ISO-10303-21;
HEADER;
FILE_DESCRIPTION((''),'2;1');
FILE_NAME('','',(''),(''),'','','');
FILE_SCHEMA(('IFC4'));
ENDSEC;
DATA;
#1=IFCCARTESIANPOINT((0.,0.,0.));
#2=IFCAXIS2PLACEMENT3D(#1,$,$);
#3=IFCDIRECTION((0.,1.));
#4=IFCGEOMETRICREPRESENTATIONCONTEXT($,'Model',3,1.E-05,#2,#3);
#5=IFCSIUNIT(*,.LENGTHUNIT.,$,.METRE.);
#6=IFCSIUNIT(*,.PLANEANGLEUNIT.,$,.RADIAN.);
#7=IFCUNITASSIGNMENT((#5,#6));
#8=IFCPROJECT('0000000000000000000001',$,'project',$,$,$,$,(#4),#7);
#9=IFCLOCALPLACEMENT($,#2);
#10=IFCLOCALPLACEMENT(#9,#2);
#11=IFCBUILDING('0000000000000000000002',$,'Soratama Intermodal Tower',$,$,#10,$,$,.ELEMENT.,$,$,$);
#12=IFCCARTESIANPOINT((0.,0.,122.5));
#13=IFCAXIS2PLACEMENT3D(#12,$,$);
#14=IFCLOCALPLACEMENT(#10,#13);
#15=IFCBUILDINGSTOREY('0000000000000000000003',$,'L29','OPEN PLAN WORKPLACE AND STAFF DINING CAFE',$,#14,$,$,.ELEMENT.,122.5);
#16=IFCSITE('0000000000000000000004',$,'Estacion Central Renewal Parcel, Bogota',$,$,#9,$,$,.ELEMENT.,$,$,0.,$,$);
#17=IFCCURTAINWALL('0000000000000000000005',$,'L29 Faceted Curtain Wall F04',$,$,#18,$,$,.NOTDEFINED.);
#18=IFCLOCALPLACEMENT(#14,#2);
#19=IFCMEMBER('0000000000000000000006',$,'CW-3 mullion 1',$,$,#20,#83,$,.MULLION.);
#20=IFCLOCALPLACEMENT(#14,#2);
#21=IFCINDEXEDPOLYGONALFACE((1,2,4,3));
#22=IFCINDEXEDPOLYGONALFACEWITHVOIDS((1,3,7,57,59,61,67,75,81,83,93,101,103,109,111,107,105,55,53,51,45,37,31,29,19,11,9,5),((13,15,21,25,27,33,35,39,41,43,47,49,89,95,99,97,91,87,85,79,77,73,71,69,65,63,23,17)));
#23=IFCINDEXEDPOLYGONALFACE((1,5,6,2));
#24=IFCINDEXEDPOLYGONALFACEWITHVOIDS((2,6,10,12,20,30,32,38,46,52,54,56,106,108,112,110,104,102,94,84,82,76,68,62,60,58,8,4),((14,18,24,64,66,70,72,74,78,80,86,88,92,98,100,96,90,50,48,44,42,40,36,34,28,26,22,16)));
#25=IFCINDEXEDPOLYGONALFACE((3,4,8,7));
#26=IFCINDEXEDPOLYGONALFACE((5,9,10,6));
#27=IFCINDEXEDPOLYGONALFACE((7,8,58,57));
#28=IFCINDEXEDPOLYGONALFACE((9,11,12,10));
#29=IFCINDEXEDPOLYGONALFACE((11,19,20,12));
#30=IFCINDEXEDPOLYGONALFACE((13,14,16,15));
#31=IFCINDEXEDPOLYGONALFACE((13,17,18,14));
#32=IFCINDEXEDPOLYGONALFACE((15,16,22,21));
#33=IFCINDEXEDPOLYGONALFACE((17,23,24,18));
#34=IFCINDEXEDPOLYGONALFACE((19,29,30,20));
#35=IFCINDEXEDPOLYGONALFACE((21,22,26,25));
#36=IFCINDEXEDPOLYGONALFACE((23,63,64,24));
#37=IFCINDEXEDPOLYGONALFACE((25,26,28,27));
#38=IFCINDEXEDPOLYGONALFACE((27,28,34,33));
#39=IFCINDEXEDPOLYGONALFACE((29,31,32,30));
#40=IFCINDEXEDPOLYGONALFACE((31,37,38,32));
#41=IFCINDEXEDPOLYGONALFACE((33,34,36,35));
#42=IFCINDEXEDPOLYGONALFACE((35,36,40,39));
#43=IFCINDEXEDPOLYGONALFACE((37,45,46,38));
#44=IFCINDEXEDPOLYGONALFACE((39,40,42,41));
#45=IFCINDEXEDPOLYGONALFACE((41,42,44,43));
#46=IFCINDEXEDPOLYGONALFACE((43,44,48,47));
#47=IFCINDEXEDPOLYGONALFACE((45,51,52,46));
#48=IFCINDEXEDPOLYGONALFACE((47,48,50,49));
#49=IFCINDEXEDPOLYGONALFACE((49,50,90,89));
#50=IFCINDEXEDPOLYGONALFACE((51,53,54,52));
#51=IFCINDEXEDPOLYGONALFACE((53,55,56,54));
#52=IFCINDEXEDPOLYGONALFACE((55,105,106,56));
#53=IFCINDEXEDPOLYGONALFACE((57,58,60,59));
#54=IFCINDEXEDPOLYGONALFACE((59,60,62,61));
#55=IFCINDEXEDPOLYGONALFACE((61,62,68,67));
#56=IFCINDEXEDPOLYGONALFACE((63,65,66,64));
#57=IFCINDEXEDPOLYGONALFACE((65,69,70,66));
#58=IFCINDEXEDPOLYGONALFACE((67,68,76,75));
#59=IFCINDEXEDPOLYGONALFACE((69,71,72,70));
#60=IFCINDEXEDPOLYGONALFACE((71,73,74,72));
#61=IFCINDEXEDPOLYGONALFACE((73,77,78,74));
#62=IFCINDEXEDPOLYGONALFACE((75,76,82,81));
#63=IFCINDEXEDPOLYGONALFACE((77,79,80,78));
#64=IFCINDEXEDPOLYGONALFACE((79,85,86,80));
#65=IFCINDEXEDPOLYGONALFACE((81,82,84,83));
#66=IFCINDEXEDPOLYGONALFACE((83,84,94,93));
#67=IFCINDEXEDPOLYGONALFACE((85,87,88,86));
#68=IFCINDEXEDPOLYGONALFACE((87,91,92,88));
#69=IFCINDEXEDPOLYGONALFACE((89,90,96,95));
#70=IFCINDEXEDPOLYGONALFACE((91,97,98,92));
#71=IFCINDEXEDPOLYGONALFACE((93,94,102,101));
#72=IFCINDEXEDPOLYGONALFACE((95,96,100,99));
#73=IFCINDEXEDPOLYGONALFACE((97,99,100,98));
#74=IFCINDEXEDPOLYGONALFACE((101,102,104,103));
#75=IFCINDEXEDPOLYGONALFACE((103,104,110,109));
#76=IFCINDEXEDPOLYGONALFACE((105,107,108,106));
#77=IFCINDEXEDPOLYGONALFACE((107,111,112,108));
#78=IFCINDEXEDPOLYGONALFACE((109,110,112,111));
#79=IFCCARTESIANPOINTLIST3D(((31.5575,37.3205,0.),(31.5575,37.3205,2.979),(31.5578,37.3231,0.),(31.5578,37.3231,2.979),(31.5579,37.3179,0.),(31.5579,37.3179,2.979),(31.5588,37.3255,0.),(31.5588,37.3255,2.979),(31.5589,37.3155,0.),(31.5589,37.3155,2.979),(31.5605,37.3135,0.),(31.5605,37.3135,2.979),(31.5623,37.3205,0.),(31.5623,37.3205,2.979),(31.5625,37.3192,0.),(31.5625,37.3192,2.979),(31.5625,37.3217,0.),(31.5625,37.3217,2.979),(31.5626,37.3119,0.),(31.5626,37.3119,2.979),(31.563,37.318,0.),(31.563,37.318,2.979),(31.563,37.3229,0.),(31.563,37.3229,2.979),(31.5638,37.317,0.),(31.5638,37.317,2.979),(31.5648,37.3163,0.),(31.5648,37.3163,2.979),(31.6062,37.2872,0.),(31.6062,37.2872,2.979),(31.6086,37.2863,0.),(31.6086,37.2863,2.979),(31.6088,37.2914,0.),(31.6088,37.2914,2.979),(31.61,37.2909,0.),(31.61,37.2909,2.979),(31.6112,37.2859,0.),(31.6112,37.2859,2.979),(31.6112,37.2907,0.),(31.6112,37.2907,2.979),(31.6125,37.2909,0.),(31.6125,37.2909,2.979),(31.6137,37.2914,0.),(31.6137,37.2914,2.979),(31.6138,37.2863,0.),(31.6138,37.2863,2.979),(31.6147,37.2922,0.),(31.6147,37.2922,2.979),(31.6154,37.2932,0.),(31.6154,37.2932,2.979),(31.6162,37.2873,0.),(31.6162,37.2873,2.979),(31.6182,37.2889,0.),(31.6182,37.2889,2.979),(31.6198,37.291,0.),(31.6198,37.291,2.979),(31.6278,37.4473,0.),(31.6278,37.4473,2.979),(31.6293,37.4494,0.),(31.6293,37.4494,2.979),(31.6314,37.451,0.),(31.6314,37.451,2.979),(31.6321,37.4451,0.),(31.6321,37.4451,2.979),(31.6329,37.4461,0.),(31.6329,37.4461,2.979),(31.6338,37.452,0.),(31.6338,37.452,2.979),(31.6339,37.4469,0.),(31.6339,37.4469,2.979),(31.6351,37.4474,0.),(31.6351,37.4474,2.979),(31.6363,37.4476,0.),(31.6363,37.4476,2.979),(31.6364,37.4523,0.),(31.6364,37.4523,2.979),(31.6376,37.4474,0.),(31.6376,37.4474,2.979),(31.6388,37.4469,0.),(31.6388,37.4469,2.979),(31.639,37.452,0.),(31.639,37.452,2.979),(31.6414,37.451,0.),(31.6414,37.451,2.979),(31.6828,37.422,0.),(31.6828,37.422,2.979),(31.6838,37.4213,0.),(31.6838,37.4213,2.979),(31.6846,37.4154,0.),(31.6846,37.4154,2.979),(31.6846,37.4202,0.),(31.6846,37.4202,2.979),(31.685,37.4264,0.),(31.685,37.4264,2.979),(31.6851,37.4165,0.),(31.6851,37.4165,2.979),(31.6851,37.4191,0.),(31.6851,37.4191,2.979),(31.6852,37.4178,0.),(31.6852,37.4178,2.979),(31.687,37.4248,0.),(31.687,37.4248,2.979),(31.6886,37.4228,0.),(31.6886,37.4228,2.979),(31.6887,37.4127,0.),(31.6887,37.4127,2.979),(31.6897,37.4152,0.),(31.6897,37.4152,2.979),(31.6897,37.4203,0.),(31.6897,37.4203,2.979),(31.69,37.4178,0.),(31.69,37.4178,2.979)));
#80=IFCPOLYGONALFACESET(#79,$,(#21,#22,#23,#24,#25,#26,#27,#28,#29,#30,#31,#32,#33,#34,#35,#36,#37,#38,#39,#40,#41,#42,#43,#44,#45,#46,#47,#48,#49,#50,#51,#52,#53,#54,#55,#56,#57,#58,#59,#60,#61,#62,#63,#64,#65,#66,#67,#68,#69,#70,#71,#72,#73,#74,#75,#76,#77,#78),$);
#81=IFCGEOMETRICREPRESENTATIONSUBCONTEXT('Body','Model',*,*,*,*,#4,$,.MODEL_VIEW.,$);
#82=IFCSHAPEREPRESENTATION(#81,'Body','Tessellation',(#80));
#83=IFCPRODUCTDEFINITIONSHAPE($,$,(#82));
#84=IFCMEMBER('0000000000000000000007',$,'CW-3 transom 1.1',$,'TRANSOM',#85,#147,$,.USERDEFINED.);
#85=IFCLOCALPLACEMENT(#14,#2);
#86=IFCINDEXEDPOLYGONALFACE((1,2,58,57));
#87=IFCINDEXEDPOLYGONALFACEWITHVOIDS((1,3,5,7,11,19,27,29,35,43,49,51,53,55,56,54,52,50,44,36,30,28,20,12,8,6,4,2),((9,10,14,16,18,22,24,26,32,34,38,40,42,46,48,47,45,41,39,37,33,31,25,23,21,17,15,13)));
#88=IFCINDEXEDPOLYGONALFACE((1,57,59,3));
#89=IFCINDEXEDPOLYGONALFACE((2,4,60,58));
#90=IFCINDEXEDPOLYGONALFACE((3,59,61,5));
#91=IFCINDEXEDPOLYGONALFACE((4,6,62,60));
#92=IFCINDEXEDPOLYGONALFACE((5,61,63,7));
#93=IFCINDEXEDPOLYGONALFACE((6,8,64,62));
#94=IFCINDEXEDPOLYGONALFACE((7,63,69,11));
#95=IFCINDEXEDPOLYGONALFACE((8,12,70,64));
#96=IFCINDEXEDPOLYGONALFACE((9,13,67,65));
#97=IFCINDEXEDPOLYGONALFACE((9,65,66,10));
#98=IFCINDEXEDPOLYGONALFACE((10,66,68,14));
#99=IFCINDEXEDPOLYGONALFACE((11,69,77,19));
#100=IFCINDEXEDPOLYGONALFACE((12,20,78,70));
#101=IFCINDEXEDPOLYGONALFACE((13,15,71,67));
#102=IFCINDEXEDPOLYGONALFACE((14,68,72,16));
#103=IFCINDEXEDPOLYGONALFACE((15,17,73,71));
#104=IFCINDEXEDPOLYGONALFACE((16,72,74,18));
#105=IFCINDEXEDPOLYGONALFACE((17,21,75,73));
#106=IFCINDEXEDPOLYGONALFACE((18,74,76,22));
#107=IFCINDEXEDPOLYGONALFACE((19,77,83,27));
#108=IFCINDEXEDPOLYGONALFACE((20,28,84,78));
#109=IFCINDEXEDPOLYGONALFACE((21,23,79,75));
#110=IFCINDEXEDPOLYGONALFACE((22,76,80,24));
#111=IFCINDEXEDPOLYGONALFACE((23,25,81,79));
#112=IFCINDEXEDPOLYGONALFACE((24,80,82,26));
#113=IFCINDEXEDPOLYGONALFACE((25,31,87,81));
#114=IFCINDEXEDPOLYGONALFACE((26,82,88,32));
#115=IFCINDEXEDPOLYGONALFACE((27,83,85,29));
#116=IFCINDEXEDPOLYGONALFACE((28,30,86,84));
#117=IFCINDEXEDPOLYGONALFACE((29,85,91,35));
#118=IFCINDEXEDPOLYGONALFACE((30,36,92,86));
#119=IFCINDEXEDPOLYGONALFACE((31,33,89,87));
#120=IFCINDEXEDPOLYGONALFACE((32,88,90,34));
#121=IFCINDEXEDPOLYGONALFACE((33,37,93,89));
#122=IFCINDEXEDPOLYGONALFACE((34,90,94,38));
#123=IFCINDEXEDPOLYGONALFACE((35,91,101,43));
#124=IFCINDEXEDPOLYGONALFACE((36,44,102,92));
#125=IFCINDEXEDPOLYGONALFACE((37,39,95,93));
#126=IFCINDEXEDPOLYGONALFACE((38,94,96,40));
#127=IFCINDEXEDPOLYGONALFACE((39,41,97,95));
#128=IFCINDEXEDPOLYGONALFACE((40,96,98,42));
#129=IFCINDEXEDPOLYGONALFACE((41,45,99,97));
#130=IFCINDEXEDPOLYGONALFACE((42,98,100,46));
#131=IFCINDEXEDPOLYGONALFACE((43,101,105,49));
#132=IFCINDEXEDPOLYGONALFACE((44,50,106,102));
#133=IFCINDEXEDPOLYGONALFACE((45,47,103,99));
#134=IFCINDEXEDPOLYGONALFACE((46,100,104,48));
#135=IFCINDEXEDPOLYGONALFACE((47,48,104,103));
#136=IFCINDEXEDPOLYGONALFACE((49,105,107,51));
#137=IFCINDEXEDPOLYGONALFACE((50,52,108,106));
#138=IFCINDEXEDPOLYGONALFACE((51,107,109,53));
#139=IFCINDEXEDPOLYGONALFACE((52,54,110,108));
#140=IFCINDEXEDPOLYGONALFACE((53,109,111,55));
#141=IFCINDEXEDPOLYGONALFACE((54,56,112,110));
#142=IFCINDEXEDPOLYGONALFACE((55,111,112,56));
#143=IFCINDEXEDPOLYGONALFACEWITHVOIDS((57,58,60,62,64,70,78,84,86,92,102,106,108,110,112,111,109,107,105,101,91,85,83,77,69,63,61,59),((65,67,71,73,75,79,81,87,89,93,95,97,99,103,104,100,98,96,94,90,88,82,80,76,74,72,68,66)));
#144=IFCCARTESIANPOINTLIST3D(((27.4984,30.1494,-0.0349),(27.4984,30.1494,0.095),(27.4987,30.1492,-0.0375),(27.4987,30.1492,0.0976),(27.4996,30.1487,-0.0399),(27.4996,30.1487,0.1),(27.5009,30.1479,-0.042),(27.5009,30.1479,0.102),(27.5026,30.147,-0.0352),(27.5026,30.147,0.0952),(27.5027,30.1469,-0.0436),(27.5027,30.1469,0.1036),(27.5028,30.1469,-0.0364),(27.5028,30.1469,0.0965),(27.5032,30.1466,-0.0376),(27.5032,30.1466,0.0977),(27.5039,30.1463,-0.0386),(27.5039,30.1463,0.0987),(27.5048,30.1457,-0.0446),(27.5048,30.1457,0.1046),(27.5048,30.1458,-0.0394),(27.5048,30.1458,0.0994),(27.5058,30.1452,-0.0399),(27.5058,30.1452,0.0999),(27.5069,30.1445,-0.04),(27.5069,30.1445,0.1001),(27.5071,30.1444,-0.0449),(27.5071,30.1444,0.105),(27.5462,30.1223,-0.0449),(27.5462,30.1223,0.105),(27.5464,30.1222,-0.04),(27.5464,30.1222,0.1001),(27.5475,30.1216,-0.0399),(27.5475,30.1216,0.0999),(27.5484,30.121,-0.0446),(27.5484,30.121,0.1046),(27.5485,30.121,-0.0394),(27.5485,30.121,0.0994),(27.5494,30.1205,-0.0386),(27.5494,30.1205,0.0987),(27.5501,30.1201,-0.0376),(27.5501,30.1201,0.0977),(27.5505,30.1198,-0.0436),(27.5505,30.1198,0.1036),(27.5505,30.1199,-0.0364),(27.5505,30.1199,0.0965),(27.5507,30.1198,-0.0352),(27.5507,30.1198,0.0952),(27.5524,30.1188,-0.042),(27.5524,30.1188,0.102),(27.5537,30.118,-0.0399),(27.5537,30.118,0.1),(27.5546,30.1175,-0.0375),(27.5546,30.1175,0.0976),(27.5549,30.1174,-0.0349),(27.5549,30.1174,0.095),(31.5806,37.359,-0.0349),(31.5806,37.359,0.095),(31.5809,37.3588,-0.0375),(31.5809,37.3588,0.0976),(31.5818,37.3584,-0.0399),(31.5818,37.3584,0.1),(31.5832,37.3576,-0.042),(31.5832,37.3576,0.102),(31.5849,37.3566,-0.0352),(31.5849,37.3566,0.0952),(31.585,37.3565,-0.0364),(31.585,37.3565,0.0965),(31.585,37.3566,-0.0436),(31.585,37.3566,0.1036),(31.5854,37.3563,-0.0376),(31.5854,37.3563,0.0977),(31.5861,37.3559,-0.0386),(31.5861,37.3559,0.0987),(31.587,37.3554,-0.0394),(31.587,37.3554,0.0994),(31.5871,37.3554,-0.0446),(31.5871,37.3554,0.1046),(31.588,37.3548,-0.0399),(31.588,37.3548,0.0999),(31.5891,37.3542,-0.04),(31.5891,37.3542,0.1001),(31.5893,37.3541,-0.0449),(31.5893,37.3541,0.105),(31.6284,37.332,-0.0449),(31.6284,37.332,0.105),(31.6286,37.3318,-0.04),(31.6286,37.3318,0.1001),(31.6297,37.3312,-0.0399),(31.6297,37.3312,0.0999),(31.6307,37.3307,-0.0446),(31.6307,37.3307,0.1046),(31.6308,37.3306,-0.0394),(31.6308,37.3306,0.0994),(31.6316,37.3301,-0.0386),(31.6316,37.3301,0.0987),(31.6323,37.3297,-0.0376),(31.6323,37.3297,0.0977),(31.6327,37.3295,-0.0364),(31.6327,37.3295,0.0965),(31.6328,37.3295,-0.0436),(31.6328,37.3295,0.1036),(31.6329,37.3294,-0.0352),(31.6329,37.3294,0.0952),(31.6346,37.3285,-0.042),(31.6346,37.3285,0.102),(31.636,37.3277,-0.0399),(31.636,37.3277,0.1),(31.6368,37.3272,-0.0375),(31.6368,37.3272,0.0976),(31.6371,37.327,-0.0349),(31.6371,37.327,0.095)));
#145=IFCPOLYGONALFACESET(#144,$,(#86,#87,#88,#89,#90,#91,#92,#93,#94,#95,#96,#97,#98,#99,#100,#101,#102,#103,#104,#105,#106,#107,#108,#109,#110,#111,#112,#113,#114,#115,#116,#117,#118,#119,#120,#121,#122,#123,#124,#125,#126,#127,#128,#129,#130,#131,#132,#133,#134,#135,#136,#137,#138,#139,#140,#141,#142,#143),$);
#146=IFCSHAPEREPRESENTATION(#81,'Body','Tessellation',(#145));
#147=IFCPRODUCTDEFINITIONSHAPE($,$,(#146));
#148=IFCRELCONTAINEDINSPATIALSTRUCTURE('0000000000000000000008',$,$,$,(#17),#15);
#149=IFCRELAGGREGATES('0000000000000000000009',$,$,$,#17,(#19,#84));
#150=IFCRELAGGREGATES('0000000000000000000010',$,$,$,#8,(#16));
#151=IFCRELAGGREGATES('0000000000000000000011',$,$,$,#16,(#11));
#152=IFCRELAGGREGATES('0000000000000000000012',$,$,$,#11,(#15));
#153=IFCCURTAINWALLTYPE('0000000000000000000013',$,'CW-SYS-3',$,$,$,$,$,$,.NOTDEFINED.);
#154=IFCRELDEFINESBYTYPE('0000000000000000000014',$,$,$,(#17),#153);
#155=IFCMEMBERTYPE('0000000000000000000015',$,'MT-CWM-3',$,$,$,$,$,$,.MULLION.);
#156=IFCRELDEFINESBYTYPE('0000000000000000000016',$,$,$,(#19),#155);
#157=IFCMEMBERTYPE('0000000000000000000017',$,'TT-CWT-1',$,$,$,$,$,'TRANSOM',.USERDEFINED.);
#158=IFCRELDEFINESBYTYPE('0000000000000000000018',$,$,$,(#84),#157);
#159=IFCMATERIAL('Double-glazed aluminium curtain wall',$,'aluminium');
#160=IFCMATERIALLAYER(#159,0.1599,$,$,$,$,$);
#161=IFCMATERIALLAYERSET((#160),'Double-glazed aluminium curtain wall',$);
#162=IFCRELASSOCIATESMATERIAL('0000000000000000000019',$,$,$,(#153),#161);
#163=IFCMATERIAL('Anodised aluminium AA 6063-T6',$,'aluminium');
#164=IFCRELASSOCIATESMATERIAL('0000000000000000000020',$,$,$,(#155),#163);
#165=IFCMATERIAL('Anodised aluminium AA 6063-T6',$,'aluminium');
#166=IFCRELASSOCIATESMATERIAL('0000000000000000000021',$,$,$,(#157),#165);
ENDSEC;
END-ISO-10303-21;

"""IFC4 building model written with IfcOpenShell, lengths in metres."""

from ifc_helpers import new_model, si_unit, direction, frame, origin, origin_2d, place, context, subcontext, project, spatial, hollow_rectangle, extrude, material, layer, layer_set, material_profile, profile_set, type_object, element, aggregate, save


model = new_model("IFC4")

# Units and contexts
model_context = context("Model", 3, precision=1e-05, world=origin(), true_north=direction((0.0, 1.0)))
body_context = subcontext(model_context, "Body", "Model", "MODEL_VIEW")
ifc_project = project(units=[si_unit("LENGTHUNIT", "METRE"), si_unit("PLANEANGLEUNIT", "RADIAN")], contexts=[model_context])

# Site, building, storey
site_placement = place(None, origin())
site = spatial("IfcSite", under=ifc_project, at=site_placement, Name="Estacion Central Renewal Parcel, Bogota", CompositionType="ELEMENT", RefElevation=0.0)
building_placement = place(site_placement, origin())
building = spatial("IfcBuilding", under=site, at=building_placement, Name="Soratama Intermodal Tower", CompositionType="ELEMENT")
storey_placement = place(building_placement, frame((0.0, 0.0, 122.5)))
storey = spatial("IfcBuildingStorey", under=building, at=storey_placement, Name="L29", Description="OPEN PLAN WORKPLACE AND STAFF DINING CAFE", CompositionType="ELEMENT", Elevation=122.5)

# Shared definitions
ifc_material_1 = material(Name="Double-glazed aluminium curtain wall", Category="aluminium")
ifc_layer_1 = layer(ifc_material_1, 0.1599)
ifc_layer_set_1 = layer_set([ifc_layer_1], Name="Double-glazed aluminium curtain wall")
curtain_wall_type = type_object("IfcCurtainWallType", Name="CW-SYS-3", PredefinedType="NOTDEFINED", material=ifc_layer_set_1)
ifc_material_2 = material(Name="Anodised aluminium AA 6063-T6", Category="aluminium")
ifc_material_profile_1 = material_profile(ifc_material_2, hollow_rectangle(XDim=0.0701, YDim=0.1599, WallThickness=0.0049, InnerFilletRadius=0.0049, OuterFilletRadius=0.01, at=origin_2d()), Name="CWM160X70X5")
ifc_profile_set_1 = profile_set([ifc_material_profile_1], Name="Anodised aluminium AA 6063-T6")
member_type_1 = type_object("IfcMemberType", Name="MT-CWM-3", PredefinedType="MULLION", material=ifc_profile_set_1)

# Curtain wall, members
curtain_wall_1_placement = place(storey_placement, origin())
curtain_wall_1 = element("IfcCurtainWall", 1, at=curtain_wall_1_placement, inside=storey, type_object=curtain_wall_type, Name="L29 Faceted Curtain Wall F04", PredefinedType="NOTDEFINED")
member_1_placement = place(storey_placement, frame((31.6238, 37.3691, 0.0), z_axis=(0.0, 0.0, 1.0), x_axis=(0.870183, -0.492728, 0.0)))
member_1 = element("IfcMember", 2, at=member_1_placement, type_object=member_type_1, Name="CW-3 mullion 1", PredefinedType="MULLION", context=body_context, shape_type="SweptSolid", body=[
    extrude(hollow_rectangle(XDim=0.0701, YDim=0.1599, WallThickness=0.0049, InnerFilletRadius=0.0049, OuterFilletRadius=0.01, at=origin_2d()), origin(), (0.0, 0.0, 1.0), 2.979),
])
ifc_material_3 = material(Name="Anodised aluminium AA 6063-T6", Category="aluminium")
ifc_material_profile_2 = material_profile(ifc_material_3, hollow_rectangle(XDim=0.0649, YDim=0.1499, WallThickness=0.0049, InnerFilletRadius=0.0049, OuterFilletRadius=0.01, at=origin_2d()), Name="CWT150X65X5")
ifc_profile_set_2 = profile_set([ifc_material_profile_2], Name="Anodised aluminium AA 6063-T6")
member_type_2 = type_object("IfcMemberType", Name="TT-CWT-1", ElementType="TRANSOM", PredefinedType="USERDEFINED", material=ifc_profile_set_2)
member_2_placement = place(storey_placement, frame((31.6089, 37.343, 0.03), z_axis=(-0.492717, -0.870189, 0.0), x_axis=(0.870189, -0.492717, 0.0)))
member_2 = element("IfcMember", 3, at=member_2_placement, type_object=member_type_2, Name="CW-3 transom 1.1", ObjectType="TRANSOM", PredefinedType="USERDEFINED", context=body_context, shape_type="SweptSolid", body=[
    extrude(hollow_rectangle(XDim=0.0649, YDim=0.1499, WallThickness=0.0049, InnerFilletRadius=0.0049, OuterFilletRadius=0.01, at=origin_2d()), origin(), (0.0, 0.0, 1.0), 8.2852),
])
aggregate(curtain_wall_1, [member_1, member_2])

save(model, "model.ifc")
